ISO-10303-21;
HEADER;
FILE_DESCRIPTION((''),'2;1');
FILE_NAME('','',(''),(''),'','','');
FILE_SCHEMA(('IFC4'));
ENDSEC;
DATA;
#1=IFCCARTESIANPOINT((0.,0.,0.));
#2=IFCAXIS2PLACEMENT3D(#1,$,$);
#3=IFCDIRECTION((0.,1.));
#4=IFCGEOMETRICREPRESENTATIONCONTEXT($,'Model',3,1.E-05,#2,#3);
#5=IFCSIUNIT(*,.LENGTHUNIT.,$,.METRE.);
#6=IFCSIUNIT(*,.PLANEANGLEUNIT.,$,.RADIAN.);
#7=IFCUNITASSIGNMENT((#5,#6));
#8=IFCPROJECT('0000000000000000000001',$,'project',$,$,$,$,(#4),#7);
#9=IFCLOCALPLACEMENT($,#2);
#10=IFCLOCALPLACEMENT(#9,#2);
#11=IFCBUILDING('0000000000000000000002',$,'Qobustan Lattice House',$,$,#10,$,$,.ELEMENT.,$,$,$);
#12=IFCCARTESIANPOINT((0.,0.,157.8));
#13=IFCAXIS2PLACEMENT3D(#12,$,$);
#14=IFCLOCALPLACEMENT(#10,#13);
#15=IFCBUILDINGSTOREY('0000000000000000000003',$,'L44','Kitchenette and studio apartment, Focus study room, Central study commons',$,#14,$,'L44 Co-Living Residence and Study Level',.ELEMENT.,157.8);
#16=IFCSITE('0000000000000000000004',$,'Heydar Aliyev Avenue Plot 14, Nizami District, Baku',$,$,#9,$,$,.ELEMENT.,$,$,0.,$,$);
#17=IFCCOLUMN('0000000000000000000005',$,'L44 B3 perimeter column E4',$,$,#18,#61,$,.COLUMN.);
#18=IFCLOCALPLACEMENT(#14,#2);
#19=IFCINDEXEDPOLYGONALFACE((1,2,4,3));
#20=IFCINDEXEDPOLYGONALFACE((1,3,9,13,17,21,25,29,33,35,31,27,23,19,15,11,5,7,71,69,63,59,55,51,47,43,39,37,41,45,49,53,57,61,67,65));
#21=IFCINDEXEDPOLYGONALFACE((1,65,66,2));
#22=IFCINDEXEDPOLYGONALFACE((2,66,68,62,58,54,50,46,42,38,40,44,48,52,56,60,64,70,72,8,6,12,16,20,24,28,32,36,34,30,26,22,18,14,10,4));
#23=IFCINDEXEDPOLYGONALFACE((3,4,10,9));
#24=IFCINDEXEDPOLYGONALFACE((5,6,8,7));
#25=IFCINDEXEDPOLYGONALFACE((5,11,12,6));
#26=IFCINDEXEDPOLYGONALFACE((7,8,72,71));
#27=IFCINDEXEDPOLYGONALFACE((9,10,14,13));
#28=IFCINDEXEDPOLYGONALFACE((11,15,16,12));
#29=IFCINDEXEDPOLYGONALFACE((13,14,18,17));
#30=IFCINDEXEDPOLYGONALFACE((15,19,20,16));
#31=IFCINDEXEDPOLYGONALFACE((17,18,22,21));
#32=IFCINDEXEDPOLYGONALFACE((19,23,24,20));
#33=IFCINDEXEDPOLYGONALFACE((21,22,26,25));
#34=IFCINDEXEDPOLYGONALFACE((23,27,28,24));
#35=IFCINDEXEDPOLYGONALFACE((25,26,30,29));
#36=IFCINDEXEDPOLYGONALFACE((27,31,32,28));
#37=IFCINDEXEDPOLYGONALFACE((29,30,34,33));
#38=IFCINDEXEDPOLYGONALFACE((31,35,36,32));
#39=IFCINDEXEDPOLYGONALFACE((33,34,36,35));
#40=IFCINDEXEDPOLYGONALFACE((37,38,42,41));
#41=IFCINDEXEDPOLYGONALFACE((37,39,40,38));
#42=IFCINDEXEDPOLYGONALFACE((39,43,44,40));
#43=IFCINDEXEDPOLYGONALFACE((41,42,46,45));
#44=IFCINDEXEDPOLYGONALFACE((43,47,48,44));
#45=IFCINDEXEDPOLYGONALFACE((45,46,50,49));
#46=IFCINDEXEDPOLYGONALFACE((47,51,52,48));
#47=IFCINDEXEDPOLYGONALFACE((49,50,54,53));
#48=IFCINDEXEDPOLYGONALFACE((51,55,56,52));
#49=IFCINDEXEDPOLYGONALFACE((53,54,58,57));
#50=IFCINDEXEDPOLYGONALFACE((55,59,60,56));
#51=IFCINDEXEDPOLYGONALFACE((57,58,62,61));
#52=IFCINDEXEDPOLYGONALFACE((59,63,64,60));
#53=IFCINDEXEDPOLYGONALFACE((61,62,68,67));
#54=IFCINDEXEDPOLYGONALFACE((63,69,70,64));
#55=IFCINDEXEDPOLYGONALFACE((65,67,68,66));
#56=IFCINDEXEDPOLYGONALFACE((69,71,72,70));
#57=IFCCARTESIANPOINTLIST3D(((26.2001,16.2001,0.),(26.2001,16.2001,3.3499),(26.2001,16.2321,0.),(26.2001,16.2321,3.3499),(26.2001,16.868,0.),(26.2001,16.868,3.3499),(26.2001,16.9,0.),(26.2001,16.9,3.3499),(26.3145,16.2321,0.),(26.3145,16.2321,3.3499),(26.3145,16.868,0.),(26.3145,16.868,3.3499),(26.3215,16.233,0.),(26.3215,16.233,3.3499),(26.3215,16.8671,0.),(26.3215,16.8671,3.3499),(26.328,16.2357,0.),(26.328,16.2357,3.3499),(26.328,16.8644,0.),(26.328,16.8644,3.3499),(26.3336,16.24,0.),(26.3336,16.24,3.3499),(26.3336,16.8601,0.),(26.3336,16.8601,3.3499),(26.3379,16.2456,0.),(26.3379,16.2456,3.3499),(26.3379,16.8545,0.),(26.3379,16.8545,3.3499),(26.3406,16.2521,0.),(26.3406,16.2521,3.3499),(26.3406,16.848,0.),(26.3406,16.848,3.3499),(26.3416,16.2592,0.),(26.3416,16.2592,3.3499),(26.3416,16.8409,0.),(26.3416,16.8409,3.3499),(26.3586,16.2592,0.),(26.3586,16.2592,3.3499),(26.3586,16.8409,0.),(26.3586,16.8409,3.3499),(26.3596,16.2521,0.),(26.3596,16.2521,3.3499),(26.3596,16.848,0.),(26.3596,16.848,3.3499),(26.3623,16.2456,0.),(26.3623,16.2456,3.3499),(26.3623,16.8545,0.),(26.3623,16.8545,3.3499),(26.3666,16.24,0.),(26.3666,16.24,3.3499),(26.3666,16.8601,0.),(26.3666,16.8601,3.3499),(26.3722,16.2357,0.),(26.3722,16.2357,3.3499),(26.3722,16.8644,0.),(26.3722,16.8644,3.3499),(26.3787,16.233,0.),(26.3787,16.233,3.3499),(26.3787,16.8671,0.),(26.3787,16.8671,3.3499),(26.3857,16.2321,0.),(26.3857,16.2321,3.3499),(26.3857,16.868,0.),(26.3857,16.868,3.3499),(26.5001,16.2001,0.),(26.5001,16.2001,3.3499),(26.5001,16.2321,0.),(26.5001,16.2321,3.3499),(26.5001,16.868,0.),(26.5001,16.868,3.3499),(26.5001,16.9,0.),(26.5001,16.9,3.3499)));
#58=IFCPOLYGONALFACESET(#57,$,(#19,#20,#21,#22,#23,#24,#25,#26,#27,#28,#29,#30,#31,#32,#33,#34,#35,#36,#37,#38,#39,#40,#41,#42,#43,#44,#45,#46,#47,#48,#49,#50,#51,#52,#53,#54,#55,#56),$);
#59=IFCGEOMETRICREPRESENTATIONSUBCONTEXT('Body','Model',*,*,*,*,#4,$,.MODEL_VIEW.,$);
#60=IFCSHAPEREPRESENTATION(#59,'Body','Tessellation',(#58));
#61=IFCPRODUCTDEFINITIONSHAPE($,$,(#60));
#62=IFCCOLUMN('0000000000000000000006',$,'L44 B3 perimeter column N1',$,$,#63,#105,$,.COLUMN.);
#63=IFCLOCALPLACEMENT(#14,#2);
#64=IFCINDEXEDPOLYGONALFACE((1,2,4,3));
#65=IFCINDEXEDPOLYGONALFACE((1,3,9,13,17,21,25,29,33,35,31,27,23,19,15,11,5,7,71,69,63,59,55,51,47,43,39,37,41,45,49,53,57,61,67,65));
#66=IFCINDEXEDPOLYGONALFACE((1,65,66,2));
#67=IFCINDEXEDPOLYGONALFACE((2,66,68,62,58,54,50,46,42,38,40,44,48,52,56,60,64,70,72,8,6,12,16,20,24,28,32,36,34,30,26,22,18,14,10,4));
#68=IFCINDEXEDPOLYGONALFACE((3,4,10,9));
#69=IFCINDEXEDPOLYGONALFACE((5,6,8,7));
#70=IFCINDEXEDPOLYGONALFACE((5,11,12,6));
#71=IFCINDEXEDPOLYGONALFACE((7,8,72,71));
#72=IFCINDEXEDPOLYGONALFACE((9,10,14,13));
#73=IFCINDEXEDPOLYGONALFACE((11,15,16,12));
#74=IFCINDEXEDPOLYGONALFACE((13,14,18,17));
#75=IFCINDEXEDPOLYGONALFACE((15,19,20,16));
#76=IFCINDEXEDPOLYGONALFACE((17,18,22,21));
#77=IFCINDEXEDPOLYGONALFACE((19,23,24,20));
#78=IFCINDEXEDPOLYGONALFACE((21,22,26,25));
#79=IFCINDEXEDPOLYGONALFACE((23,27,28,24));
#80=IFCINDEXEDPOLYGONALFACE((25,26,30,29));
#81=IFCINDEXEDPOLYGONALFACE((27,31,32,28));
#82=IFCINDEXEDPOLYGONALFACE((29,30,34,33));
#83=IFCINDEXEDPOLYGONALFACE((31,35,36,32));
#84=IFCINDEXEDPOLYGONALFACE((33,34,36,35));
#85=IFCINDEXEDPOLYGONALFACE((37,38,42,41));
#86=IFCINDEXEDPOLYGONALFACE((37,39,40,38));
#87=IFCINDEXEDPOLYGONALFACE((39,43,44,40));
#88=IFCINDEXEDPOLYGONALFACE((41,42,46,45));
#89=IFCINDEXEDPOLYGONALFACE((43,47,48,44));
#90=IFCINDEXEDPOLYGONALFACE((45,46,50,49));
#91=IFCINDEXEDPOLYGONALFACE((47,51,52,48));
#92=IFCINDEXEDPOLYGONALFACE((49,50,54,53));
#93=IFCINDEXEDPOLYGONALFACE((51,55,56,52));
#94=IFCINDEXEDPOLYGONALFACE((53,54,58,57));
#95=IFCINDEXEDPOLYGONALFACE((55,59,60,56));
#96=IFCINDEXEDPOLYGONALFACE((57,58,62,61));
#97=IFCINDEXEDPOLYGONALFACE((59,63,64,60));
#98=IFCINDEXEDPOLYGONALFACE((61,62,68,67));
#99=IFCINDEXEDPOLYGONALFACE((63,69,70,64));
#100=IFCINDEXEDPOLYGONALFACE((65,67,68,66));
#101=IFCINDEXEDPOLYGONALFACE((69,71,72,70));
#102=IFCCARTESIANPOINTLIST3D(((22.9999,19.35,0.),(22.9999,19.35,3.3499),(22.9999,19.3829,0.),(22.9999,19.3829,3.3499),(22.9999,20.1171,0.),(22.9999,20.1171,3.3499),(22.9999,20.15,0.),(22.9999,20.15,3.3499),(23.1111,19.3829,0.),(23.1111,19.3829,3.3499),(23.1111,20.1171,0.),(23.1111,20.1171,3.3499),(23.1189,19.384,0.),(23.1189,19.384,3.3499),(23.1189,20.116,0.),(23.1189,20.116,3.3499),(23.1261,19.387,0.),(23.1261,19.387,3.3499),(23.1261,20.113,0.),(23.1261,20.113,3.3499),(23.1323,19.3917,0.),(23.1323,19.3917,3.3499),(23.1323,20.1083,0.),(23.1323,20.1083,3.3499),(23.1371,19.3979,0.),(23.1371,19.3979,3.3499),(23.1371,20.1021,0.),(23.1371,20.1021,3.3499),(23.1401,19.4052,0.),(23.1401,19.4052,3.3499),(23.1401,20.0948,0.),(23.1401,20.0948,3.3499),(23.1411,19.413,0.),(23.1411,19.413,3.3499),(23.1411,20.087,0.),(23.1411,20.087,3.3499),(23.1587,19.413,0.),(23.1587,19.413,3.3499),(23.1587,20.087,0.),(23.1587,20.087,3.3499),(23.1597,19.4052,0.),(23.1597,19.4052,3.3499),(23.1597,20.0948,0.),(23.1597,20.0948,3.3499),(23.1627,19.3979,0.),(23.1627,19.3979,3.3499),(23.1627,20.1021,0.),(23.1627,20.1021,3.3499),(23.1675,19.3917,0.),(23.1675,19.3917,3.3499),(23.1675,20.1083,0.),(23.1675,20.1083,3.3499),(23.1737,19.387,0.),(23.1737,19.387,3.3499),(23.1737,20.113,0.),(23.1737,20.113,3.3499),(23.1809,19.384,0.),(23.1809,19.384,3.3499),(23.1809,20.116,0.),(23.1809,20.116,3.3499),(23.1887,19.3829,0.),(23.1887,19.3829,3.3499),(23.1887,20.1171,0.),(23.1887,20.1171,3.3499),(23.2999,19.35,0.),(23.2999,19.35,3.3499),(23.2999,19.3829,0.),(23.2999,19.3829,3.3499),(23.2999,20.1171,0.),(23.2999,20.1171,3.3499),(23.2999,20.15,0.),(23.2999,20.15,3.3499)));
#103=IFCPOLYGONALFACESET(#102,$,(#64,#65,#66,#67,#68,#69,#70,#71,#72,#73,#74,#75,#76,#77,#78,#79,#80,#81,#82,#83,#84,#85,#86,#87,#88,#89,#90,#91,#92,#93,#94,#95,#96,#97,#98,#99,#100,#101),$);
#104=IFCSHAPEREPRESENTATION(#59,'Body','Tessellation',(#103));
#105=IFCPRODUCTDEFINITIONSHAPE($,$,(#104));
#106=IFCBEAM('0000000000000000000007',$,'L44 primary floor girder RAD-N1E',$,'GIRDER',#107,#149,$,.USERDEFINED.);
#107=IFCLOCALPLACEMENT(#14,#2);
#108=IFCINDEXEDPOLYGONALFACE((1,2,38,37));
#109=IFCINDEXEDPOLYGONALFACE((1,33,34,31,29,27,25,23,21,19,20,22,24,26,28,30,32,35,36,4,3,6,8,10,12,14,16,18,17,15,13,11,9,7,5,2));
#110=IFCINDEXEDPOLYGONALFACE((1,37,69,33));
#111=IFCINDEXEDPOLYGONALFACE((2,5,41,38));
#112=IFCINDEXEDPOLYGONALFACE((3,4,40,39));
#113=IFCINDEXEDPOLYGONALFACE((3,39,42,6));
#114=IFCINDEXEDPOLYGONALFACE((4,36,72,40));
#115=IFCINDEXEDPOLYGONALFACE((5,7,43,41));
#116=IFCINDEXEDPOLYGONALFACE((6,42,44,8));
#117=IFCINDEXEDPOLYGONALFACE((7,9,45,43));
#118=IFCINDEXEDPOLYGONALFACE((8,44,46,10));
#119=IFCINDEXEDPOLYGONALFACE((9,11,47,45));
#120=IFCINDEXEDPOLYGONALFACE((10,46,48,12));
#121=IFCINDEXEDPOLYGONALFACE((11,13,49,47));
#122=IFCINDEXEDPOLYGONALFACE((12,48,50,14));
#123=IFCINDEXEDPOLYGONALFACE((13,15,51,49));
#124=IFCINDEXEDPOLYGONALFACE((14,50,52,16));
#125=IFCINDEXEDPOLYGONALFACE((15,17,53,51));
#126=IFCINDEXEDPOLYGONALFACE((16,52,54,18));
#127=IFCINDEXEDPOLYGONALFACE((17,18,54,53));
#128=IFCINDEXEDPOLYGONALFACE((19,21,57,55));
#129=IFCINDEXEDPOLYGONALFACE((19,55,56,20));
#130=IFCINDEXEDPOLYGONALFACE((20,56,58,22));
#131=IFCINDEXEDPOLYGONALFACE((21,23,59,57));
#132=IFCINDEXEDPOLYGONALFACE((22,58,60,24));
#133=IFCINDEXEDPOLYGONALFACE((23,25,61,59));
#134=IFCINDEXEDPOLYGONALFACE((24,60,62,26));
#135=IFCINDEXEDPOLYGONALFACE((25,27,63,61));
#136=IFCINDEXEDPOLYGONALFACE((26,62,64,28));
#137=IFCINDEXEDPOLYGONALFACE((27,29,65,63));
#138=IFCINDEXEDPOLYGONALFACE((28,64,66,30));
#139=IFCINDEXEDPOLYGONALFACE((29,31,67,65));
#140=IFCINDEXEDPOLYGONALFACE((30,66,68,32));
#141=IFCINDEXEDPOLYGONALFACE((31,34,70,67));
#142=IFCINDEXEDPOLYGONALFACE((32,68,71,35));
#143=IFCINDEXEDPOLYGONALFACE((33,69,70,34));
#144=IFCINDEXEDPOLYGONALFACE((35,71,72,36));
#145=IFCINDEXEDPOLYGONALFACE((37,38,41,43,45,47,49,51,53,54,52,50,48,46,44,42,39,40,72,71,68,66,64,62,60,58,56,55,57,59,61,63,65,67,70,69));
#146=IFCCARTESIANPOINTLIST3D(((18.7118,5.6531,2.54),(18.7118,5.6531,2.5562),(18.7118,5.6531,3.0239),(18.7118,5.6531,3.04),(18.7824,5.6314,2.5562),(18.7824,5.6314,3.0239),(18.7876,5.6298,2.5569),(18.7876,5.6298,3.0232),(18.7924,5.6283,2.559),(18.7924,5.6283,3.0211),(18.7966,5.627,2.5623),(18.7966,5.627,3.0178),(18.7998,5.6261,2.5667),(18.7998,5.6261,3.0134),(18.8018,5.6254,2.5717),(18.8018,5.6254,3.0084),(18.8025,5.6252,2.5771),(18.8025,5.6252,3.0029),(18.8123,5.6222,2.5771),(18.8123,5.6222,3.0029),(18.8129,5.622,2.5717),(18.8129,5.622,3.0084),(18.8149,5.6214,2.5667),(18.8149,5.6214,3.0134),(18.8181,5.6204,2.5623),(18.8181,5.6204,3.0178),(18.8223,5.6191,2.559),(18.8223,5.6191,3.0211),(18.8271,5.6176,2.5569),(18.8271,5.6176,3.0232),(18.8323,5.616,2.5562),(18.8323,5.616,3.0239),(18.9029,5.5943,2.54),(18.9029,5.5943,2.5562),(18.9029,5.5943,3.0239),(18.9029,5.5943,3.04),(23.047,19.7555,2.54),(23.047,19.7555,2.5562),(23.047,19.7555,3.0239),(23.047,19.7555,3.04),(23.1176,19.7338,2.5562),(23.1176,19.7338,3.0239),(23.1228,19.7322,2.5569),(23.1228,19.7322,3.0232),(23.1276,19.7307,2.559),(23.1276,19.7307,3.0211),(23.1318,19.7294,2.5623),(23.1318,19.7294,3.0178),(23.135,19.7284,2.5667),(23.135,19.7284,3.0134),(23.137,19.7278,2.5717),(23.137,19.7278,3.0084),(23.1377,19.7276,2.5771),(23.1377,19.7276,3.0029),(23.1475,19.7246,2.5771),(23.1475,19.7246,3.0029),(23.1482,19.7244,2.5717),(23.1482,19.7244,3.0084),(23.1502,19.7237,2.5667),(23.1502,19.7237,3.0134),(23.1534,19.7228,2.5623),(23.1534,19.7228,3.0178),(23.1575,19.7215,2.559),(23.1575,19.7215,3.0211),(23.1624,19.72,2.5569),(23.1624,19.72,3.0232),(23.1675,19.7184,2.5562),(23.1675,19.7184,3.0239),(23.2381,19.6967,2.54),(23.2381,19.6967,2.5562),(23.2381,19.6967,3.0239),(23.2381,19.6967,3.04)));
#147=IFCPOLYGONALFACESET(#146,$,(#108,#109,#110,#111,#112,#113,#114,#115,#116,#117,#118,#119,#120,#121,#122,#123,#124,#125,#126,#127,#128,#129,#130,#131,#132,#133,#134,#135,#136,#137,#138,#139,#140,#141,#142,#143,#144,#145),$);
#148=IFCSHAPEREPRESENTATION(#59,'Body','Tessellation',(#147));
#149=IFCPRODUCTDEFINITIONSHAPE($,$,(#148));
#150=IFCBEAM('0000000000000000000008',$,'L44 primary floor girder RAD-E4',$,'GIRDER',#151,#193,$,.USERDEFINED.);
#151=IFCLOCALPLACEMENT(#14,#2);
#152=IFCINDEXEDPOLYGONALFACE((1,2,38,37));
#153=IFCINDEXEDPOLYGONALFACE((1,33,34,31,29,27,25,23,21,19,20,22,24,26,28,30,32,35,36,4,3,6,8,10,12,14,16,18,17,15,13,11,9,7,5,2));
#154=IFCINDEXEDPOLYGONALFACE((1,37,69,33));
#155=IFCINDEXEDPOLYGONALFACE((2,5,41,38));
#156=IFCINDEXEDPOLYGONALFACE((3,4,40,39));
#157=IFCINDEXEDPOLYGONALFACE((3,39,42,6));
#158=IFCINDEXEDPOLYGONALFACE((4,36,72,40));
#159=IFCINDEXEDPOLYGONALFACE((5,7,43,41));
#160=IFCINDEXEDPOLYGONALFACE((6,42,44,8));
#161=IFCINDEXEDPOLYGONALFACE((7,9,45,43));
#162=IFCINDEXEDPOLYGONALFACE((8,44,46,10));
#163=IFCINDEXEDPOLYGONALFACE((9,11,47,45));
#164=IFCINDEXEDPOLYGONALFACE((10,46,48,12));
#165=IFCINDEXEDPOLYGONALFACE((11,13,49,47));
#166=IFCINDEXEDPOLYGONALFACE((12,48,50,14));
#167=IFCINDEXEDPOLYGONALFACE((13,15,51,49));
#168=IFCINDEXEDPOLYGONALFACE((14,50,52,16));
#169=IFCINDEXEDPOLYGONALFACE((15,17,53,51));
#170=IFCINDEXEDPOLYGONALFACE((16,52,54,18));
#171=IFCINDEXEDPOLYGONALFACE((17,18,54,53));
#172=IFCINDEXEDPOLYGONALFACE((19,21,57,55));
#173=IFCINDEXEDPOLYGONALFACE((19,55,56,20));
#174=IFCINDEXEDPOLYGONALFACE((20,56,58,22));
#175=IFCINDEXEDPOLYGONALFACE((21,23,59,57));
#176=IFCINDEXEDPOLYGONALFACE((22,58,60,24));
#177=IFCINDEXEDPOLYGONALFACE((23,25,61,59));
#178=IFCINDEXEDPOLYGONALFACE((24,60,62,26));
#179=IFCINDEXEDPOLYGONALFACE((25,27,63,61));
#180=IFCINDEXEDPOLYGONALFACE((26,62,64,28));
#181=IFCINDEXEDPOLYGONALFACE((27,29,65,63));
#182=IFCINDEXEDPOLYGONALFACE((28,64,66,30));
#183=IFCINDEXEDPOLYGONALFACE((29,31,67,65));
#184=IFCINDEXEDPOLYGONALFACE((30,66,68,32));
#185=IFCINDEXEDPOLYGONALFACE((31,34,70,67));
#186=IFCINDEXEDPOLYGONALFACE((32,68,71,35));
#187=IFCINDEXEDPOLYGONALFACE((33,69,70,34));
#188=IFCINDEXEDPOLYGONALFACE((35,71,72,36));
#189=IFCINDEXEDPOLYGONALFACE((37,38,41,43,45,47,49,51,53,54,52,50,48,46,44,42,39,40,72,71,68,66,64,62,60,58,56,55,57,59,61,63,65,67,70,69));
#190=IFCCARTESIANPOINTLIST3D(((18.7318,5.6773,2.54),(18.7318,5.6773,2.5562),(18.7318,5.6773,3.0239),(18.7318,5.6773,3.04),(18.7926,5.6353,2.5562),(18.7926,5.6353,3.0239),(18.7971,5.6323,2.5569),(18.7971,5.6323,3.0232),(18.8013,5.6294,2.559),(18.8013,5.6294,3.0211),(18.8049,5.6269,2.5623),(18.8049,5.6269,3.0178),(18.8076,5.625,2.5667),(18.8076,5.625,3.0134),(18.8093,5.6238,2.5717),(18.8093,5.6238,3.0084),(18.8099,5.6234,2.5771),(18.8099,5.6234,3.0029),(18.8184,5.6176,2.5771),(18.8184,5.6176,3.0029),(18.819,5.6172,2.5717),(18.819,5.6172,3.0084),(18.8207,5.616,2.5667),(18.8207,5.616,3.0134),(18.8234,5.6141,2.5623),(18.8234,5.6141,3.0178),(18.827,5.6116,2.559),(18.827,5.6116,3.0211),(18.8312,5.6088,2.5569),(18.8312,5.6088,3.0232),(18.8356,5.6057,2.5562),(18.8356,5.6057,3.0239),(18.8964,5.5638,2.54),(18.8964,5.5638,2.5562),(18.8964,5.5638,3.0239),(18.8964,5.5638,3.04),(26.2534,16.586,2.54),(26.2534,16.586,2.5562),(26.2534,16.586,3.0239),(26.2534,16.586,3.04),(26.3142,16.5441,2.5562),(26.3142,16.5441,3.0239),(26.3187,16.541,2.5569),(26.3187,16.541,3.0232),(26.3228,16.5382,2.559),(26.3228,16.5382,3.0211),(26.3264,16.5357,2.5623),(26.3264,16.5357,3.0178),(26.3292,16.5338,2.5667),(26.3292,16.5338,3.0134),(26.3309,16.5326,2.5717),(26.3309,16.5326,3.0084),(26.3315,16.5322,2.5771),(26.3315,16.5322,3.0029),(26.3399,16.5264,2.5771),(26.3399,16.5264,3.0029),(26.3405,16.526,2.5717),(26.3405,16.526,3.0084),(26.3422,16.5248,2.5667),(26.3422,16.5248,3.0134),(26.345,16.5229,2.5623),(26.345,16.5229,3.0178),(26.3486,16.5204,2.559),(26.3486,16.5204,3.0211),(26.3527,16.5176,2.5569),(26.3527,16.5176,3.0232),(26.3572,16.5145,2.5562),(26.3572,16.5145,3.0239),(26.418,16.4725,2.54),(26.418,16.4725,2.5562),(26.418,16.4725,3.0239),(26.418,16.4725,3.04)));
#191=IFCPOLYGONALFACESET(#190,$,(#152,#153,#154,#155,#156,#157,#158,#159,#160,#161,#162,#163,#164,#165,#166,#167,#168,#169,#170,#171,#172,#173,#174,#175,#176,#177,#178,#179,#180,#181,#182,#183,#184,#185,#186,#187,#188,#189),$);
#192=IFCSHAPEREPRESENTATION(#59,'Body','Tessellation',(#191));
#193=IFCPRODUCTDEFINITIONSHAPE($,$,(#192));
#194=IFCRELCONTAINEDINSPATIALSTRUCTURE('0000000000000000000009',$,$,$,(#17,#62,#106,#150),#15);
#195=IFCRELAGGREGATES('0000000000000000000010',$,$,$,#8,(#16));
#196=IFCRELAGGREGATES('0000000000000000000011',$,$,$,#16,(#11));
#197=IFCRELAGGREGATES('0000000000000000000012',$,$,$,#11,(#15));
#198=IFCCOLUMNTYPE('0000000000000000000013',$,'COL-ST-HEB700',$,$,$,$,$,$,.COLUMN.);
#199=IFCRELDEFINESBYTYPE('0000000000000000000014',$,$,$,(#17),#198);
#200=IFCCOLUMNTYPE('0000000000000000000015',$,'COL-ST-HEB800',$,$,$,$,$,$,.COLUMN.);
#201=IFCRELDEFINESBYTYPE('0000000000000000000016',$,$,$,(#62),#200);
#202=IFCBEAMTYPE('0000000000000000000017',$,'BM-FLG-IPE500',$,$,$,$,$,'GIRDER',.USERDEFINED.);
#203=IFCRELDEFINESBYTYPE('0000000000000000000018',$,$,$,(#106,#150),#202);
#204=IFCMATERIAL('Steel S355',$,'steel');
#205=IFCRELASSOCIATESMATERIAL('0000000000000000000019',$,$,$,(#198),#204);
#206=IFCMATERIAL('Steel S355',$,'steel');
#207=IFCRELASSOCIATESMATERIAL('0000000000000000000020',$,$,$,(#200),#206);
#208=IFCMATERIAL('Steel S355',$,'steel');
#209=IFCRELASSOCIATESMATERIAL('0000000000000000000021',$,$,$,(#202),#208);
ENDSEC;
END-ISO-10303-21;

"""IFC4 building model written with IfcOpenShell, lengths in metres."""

from ifc_helpers import new_model, si_unit, direction, frame, origin, origin_2d, place, context, subcontext, project, spatial, i_section, extrude, material, material_profile, profile_set, type_object, element, save


model = new_model("IFC4")

# Units and contexts
model_context = context("Model", 3, precision=1e-05, world=origin(), true_north=direction((0.0, 1.0)))
body_context = subcontext(model_context, "Body", "Model", "MODEL_VIEW")
ifc_project = project(units=[si_unit("LENGTHUNIT", "METRE"), si_unit("PLANEANGLEUNIT", "RADIAN")], contexts=[model_context])

# Site, building, storey
site_placement = place(None, origin())
site = spatial("IfcSite", under=ifc_project, at=site_placement, Name="Heydar Aliyev Avenue Plot 14, Nizami District, Baku", CompositionType="ELEMENT", RefElevation=0.0)
building_placement = place(site_placement, origin())
building = spatial("IfcBuilding", under=site, at=building_placement, Name="Qobustan Lattice House", CompositionType="ELEMENT")
storey_placement = place(building_placement, frame((0.0, 0.0, 157.8)))
storey = spatial("IfcBuildingStorey", under=building, at=storey_placement, Name="L44", Description="Kitchenette and studio apartment, Focus study room, Central study commons", LongName="L44 Co-Living Residence and Study Level", CompositionType="ELEMENT", Elevation=157.8)

# Columns
ifc_material_1 = material(Name="Steel S355", Category="steel")
ifc_material_profile_1 = material_profile(ifc_material_1, i_section(OverallWidth=0.3, OverallDepth=0.7, WebThickness=0.0171, FlangeThickness=0.032, FilletRadius=0.0271, at=origin_2d()), Name="HEB700")
ifc_profile_set_1 = profile_set([ifc_material_profile_1], Name="Steel S355")
column_type_1 = type_object("IfcColumnType", Name="COL-ST-HEB700", PredefinedType="COLUMN", material=ifc_profile_set_1)
column_1_placement = place(storey_placement, frame((26.3501, 16.55, 0.0), z_axis=(0.0, 0.0, 1.0), x_axis=(1.0, 0.0, 0.0)))
element("IfcColumn", 1, at=column_1_placement, inside=storey, type_object=column_type_1, Name="L44 B3 perimeter column E4", PredefinedType="COLUMN", context=body_context, shape_type="SweptSolid", body=[
    extrude(i_section(OverallWidth=0.3, OverallDepth=0.7, WebThickness=0.0171, FlangeThickness=0.032, FilletRadius=0.0271, at=origin_2d()), origin(), (0.0, 0.0, 1.0), 3.3499),
])
ifc_material_2 = material(Name="Steel S355", Category="steel")
ifc_material_profile_2 = material_profile(ifc_material_2, i_section(OverallWidth=0.3, OverallDepth=0.8, WebThickness=0.0176, FlangeThickness=0.033, FilletRadius=0.03, at=origin_2d()), Name="HEB800")
ifc_profile_set_2 = profile_set([ifc_material_profile_2], Name="Steel S355")
column_type_2 = type_object("IfcColumnType", Name="COL-ST-HEB800", PredefinedType="COLUMN", material=ifc_profile_set_2)
column_2_placement = place(storey_placement, frame((23.1499, 19.75, 0.0), z_axis=(0.0, 0.0, 1.0), x_axis=(1.0, 0.0, 0.0)))
element("IfcColumn", 2, at=column_2_placement, inside=storey, type_object=column_type_2, Name="L44 B3 perimeter column N1", PredefinedType="COLUMN", context=body_context, shape_type="SweptSolid", body=[
    extrude(i_section(OverallWidth=0.3, OverallDepth=0.8, WebThickness=0.0176, FlangeThickness=0.033, FilletRadius=0.03, at=origin_2d()), origin(), (0.0, 0.0, 1.0), 3.3499),
])

# Beams
ifc_material_3 = material(Name="Steel S355", Category="steel")
ifc_material_profile_3 = material_profile(ifc_material_3, i_section(OverallWidth=0.2, OverallDepth=0.5, WebThickness=0.0103, FlangeThickness=0.0161, FilletRadius=0.021, at=origin_2d()), Name="IPE500")
ifc_profile_set_3 = profile_set([ifc_material_profile_3], Name="Steel S355")
beam_type_1 = type_object("IfcBeamType", Name="BM-FLG-IPE500", ElementType="GIRDER", PredefinedType="USERDEFINED", material=ifc_profile_set_3)
beam_1_placement = place(storey_placement, frame((23.1426, 19.7261, 2.79), z_axis=(-0.29384, -0.955854, 0.0), x_axis=(0.955854, -0.29384, 0.0)))
element("IfcBeam", 3, at=beam_1_placement, inside=storey, type_object=beam_type_1, Name="L44 primary floor girder RAD-N1E", ObjectType="GIRDER", PredefinedType="USERDEFINED", context=body_context, shape_type="SweptSolid", body=[
    extrude(i_section(OverallWidth=0.2, OverallDepth=0.5, WebThickness=0.0103, FlangeThickness=0.0161, FilletRadius=0.021, at=origin_2d()), origin(), (0.0, 0.0, 1.0), 14.7537),
])
beam_2_placement = place(storey_placement, frame((26.3357, 16.5293, 2.79), z_axis=(-0.567643, -0.823275, 0.0), x_axis=(0.823275, -0.567643, 0.0)))
element("IfcBeam", 4, at=beam_2_placement, inside=storey, type_object=beam_type_1, Name="L44 primary floor girder RAD-E4", ObjectType="GIRDER", PredefinedType="USERDEFINED", context=body_context, shape_type="SweptSolid", body=[
    extrude(i_section(OverallWidth=0.2, OverallDepth=0.5, WebThickness=0.0103, FlangeThickness=0.0161, FilletRadius=0.021, at=origin_2d()), origin(), (0.0, 0.0, 1.0), 13.2505),
])

save(model, "model.ifc")
